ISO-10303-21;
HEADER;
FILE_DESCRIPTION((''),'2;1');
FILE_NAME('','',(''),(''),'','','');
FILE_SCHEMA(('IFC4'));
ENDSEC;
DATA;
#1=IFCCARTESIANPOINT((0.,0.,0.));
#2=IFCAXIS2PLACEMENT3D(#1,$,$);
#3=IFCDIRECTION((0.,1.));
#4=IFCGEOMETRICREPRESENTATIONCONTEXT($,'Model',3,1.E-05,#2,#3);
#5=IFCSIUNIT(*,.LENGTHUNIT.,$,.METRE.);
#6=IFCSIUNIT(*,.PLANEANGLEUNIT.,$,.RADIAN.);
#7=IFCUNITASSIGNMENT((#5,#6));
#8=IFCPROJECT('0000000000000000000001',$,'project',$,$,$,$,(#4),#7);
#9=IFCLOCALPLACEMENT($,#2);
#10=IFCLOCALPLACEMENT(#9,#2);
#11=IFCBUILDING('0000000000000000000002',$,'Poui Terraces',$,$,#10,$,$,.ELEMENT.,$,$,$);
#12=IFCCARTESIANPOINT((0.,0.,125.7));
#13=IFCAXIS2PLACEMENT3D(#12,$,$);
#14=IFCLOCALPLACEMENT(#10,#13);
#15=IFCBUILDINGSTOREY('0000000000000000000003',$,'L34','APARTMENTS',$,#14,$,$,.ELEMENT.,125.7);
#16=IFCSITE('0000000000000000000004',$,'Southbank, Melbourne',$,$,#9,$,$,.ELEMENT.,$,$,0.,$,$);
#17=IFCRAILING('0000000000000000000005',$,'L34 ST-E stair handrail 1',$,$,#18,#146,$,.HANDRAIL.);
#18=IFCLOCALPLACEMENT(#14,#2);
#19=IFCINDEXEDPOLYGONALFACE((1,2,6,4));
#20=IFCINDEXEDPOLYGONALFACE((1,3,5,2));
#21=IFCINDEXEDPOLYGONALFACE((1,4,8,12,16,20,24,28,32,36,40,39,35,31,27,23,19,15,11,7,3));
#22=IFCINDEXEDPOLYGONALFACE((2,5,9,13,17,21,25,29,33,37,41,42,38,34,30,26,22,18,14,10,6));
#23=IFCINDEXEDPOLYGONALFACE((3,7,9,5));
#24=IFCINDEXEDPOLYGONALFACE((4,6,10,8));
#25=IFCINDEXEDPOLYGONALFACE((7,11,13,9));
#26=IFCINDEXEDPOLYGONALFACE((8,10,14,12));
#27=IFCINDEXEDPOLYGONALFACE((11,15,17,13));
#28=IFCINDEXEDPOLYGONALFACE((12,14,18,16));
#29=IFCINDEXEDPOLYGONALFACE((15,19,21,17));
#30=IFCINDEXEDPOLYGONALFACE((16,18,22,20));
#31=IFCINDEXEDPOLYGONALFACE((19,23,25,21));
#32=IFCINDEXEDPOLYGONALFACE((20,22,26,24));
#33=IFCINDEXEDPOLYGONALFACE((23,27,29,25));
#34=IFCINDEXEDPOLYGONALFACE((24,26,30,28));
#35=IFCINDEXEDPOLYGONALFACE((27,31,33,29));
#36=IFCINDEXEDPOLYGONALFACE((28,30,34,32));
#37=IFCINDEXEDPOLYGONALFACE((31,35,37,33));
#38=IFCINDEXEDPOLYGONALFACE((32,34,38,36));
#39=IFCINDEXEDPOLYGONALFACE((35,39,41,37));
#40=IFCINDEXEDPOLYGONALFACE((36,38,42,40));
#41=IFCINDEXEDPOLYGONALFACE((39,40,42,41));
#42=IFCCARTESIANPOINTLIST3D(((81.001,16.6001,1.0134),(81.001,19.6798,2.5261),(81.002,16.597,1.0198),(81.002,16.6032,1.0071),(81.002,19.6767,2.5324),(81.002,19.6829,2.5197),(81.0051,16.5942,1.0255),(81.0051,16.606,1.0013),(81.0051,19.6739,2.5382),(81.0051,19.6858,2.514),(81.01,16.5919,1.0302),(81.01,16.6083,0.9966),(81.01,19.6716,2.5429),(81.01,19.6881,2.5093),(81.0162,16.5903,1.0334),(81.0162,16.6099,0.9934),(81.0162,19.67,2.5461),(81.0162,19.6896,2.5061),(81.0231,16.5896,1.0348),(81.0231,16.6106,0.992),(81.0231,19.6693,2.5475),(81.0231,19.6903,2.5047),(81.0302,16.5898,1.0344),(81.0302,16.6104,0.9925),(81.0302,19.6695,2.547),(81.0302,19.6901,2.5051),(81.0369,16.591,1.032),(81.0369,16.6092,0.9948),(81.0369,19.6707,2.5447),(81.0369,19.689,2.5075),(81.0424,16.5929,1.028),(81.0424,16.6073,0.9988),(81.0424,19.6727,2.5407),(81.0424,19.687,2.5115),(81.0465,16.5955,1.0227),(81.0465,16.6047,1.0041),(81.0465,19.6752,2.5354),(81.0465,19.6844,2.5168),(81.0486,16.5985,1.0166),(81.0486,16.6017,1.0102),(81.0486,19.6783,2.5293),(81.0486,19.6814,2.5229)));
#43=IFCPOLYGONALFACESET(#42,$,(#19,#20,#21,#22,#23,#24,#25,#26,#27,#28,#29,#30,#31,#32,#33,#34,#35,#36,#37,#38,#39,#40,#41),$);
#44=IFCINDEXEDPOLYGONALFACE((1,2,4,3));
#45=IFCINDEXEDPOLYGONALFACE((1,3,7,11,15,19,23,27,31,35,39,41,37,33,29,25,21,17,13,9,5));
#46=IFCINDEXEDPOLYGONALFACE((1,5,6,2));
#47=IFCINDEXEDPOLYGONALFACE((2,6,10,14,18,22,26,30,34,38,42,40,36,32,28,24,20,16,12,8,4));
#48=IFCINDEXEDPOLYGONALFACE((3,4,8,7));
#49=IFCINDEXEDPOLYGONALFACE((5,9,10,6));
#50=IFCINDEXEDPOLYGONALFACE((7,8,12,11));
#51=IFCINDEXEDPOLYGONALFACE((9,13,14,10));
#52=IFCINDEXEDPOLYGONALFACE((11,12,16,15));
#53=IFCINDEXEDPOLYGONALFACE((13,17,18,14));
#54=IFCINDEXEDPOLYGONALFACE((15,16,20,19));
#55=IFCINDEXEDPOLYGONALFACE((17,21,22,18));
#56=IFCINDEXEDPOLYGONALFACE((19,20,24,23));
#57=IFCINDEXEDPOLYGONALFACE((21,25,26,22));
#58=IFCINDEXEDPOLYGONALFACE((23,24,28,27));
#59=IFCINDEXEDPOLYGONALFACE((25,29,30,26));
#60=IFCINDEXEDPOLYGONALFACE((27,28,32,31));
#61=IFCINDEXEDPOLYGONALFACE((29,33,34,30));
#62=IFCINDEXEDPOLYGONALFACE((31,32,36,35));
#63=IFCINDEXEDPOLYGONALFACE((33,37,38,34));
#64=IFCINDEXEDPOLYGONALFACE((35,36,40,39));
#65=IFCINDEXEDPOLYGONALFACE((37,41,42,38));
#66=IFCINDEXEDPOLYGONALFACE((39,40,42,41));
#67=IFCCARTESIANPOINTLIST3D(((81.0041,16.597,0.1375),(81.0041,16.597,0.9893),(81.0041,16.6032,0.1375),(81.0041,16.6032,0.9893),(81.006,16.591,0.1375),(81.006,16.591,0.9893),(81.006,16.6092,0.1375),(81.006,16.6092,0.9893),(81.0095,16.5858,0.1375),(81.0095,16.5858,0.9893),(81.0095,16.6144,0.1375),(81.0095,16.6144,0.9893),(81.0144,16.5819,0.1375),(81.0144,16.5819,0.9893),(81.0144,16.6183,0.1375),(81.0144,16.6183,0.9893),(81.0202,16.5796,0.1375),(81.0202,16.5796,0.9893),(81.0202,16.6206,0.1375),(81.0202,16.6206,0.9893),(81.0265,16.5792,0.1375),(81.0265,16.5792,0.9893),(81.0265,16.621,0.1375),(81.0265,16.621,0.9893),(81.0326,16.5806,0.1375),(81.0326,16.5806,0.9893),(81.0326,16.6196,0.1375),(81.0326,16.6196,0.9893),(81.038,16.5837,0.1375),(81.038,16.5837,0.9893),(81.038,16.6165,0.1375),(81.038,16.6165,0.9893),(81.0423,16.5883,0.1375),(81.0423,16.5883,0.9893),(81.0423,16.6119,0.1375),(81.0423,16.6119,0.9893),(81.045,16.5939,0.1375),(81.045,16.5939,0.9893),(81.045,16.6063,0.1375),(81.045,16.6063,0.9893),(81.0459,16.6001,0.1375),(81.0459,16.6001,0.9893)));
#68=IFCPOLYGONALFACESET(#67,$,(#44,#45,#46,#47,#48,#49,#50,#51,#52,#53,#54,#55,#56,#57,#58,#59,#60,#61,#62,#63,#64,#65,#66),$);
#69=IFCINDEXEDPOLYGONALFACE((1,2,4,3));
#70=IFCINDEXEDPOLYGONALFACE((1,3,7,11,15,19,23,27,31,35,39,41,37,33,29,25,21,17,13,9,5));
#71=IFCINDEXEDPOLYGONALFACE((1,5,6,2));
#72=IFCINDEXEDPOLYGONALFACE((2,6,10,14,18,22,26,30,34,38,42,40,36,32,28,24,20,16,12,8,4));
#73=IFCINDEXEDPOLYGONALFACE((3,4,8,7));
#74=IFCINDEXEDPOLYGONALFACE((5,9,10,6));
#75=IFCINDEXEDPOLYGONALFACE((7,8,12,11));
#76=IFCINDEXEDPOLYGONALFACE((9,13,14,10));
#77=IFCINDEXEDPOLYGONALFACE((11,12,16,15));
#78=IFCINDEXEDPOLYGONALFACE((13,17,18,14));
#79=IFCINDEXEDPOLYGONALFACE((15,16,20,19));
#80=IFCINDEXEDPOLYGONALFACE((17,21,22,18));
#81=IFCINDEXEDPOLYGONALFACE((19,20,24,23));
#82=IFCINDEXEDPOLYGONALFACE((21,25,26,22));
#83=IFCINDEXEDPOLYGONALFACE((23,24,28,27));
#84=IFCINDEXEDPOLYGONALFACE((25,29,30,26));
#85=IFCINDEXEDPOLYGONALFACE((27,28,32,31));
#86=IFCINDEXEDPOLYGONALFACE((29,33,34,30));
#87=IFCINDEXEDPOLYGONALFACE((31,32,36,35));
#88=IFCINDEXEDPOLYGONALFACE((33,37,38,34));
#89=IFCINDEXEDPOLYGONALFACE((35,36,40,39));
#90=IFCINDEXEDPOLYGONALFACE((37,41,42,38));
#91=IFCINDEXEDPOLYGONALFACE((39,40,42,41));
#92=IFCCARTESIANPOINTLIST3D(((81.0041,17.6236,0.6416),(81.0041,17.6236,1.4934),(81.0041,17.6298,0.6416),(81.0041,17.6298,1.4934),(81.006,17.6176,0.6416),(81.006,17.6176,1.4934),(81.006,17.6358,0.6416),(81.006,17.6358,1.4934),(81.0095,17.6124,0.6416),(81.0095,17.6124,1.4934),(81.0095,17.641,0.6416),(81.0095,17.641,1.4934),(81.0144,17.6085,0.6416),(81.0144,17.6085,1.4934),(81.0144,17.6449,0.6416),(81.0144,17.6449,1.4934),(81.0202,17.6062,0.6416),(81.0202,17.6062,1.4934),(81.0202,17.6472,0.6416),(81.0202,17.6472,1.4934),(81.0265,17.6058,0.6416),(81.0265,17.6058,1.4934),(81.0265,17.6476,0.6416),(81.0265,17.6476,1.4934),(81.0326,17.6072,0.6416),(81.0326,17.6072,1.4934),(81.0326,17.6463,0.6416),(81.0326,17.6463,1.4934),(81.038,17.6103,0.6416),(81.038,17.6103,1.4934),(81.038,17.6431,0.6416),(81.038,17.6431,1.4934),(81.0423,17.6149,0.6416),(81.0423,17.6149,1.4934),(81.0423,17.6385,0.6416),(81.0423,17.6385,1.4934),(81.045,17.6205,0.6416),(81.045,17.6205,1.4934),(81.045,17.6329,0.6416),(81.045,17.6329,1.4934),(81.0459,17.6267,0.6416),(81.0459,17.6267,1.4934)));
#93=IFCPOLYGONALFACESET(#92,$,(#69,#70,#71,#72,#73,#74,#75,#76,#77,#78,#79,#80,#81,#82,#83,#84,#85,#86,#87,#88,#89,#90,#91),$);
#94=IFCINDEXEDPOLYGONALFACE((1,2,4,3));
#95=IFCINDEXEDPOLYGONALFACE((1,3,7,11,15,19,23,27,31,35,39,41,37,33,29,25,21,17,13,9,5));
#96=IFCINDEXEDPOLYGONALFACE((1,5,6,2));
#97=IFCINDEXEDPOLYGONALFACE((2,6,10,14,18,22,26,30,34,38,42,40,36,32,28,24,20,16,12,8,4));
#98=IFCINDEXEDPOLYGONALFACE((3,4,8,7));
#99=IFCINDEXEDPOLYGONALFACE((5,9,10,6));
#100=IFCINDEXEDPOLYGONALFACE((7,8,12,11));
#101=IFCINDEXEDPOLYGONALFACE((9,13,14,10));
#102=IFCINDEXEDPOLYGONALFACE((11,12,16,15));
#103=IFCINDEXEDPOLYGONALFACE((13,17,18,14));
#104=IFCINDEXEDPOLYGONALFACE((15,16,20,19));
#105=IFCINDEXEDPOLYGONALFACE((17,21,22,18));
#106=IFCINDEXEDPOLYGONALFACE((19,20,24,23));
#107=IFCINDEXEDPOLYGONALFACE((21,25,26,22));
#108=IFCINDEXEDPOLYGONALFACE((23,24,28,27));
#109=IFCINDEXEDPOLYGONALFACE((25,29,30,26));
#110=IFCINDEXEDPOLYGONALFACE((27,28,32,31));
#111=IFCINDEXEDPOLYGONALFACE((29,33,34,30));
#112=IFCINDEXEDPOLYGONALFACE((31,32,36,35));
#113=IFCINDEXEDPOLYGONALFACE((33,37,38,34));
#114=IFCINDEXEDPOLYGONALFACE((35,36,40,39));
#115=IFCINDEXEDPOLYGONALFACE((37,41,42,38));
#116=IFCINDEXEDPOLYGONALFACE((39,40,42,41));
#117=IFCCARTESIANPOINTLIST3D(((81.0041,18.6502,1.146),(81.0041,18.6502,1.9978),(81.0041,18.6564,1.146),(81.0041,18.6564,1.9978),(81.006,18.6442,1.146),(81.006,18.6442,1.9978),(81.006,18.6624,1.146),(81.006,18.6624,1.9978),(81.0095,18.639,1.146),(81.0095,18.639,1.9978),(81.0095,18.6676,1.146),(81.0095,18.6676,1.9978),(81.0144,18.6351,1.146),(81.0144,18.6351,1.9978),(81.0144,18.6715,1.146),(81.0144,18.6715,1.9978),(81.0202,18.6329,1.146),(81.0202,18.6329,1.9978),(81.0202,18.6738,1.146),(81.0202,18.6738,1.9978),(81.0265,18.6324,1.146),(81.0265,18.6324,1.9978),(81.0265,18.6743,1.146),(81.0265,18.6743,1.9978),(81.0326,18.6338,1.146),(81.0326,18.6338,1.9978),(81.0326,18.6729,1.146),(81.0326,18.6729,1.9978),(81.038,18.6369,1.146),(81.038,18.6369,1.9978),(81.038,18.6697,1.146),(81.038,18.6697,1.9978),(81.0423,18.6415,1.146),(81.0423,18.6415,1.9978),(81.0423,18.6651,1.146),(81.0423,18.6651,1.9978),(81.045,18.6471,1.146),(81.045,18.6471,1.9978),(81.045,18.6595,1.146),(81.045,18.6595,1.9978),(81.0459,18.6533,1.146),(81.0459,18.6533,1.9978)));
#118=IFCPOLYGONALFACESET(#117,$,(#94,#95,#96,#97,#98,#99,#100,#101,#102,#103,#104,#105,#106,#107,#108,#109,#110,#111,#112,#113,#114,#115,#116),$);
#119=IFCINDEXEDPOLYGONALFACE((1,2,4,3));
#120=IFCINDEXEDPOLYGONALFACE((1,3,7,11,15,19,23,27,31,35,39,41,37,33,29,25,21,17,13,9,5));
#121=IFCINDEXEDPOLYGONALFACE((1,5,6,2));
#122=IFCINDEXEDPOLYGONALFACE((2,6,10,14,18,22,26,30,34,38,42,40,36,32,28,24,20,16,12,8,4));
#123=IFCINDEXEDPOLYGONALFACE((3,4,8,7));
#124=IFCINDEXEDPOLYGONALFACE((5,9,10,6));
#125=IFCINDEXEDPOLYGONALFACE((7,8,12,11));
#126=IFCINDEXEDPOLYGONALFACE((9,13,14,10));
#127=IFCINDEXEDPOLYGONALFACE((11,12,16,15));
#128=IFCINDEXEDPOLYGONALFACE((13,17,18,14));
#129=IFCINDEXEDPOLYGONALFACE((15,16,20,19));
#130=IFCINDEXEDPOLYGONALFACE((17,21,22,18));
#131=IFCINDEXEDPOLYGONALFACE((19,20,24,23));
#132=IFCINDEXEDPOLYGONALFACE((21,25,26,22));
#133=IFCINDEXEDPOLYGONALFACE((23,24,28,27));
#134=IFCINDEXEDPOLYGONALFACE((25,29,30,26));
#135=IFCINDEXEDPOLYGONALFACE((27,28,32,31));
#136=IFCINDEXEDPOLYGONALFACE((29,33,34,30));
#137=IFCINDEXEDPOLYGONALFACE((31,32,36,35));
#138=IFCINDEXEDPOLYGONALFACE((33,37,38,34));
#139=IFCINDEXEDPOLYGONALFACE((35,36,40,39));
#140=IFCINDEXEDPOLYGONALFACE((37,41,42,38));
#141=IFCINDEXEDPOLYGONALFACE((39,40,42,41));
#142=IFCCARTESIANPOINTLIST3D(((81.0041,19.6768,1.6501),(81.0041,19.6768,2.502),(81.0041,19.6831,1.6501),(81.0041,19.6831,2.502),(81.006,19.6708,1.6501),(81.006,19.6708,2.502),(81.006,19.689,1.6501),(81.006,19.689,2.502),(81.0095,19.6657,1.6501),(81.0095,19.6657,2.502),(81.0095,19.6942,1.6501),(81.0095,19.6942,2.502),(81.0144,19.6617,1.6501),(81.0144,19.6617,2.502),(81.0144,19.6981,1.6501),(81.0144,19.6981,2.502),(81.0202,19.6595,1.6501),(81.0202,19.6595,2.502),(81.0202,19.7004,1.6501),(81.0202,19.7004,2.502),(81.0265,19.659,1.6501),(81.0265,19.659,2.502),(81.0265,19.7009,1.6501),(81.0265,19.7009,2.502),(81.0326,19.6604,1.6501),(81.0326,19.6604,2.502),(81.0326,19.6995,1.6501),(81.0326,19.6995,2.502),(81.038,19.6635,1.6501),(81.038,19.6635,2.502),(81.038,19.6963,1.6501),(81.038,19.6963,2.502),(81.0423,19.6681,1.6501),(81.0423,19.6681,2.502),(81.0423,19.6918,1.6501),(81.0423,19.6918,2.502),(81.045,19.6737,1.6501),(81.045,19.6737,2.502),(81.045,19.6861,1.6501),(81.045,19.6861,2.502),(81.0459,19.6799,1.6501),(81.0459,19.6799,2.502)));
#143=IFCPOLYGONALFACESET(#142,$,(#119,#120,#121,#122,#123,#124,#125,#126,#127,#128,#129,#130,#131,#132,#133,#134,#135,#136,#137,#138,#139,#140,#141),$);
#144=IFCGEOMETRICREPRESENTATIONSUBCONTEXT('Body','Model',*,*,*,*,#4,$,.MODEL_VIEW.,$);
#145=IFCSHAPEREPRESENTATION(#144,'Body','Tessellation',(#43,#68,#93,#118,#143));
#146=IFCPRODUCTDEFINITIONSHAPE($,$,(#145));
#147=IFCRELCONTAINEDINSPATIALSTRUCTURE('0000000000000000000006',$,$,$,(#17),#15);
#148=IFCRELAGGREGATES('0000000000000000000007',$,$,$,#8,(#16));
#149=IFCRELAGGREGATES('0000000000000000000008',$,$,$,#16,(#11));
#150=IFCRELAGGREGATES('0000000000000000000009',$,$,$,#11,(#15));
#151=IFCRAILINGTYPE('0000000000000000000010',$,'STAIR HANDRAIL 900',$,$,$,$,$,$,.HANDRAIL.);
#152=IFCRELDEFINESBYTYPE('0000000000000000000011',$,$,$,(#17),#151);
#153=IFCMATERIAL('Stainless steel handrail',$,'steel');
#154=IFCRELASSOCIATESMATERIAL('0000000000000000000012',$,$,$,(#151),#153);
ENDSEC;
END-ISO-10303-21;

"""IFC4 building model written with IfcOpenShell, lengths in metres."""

from ifc_helpers import new_model, si_unit, direction, frame, origin, origin_2d, place, context, subcontext, project, spatial, circle, extrude, material, type_object, element, save


model = new_model("IFC4")

# Units and contexts
model_context = context("Model", 3, precision=1e-05, world=origin(), true_north=direction((0.0, 1.0)))
body_context = subcontext(model_context, "Body", "Model", "MODEL_VIEW")
ifc_project = project(units=[si_unit("LENGTHUNIT", "METRE"), si_unit("PLANEANGLEUNIT", "RADIAN")], contexts=[model_context])

# Site, building, storey
site_placement = place(None, origin())
site = spatial("IfcSite", under=ifc_project, at=site_placement, Name="Southbank, Melbourne", CompositionType="ELEMENT", RefElevation=0.0)
building_placement = place(site_placement, origin())
building = spatial("IfcBuilding", under=site, at=building_placement, Name="Poui Terraces", CompositionType="ELEMENT")
storey_placement = place(building_placement, frame((0.0, 0.0, 125.7)))
storey = spatial("IfcBuildingStorey", under=building, at=storey_placement, Name="L34", Description="APARTMENTS", CompositionType="ELEMENT", Elevation=125.7)

# Railing
ifc_material_1 = material(Name="Stainless steel handrail", Category="steel")
railing_type_1 = type_object("IfcRailingType", Name="STAIR HANDRAIL 900", PredefinedType="HANDRAIL", material=ifc_material_1)
railing_1_placement = place(storey_placement, frame((81.0249, 16.6001, 0.1375)))
element("IfcRailing", 1, at=railing_1_placement, inside=storey, type_object=railing_type_1, Name="L34 ST-E stair handrail 1", PredefinedType="HANDRAIL", context=body_context, shape_type="SweptSolid", body=[
    extrude(circle(Radius=0.0239, at=origin_2d()), frame((0.0, 0.0, 0.876), z_axis=(0.0, 0.897578, 0.440856), x_axis=(-1.0, 0.0, 0.0)), (0.0, 0.0, 1.0), 3.4312),
    extrude(circle(Radius=0.021, at=origin_2d()), origin(), (0.0, 0.0, 1.0), 0.8518),
    extrude(circle(Radius=0.021, at=origin_2d()), frame((0.0, 1.0266, 0.5042)), (0.0, 0.0, 1.0), 0.8518),
    extrude(circle(Radius=0.021, at=origin_2d()), frame((0.0, 2.0532, 1.0085)), (0.0, 0.0, 1.0), 0.8518),
    extrude(circle(Radius=0.021, at=origin_2d()), frame((0.0, 3.0798, 1.5127)), (0.0, 0.0, 1.0), 0.8518),
])

save(model, "model.ifc")
